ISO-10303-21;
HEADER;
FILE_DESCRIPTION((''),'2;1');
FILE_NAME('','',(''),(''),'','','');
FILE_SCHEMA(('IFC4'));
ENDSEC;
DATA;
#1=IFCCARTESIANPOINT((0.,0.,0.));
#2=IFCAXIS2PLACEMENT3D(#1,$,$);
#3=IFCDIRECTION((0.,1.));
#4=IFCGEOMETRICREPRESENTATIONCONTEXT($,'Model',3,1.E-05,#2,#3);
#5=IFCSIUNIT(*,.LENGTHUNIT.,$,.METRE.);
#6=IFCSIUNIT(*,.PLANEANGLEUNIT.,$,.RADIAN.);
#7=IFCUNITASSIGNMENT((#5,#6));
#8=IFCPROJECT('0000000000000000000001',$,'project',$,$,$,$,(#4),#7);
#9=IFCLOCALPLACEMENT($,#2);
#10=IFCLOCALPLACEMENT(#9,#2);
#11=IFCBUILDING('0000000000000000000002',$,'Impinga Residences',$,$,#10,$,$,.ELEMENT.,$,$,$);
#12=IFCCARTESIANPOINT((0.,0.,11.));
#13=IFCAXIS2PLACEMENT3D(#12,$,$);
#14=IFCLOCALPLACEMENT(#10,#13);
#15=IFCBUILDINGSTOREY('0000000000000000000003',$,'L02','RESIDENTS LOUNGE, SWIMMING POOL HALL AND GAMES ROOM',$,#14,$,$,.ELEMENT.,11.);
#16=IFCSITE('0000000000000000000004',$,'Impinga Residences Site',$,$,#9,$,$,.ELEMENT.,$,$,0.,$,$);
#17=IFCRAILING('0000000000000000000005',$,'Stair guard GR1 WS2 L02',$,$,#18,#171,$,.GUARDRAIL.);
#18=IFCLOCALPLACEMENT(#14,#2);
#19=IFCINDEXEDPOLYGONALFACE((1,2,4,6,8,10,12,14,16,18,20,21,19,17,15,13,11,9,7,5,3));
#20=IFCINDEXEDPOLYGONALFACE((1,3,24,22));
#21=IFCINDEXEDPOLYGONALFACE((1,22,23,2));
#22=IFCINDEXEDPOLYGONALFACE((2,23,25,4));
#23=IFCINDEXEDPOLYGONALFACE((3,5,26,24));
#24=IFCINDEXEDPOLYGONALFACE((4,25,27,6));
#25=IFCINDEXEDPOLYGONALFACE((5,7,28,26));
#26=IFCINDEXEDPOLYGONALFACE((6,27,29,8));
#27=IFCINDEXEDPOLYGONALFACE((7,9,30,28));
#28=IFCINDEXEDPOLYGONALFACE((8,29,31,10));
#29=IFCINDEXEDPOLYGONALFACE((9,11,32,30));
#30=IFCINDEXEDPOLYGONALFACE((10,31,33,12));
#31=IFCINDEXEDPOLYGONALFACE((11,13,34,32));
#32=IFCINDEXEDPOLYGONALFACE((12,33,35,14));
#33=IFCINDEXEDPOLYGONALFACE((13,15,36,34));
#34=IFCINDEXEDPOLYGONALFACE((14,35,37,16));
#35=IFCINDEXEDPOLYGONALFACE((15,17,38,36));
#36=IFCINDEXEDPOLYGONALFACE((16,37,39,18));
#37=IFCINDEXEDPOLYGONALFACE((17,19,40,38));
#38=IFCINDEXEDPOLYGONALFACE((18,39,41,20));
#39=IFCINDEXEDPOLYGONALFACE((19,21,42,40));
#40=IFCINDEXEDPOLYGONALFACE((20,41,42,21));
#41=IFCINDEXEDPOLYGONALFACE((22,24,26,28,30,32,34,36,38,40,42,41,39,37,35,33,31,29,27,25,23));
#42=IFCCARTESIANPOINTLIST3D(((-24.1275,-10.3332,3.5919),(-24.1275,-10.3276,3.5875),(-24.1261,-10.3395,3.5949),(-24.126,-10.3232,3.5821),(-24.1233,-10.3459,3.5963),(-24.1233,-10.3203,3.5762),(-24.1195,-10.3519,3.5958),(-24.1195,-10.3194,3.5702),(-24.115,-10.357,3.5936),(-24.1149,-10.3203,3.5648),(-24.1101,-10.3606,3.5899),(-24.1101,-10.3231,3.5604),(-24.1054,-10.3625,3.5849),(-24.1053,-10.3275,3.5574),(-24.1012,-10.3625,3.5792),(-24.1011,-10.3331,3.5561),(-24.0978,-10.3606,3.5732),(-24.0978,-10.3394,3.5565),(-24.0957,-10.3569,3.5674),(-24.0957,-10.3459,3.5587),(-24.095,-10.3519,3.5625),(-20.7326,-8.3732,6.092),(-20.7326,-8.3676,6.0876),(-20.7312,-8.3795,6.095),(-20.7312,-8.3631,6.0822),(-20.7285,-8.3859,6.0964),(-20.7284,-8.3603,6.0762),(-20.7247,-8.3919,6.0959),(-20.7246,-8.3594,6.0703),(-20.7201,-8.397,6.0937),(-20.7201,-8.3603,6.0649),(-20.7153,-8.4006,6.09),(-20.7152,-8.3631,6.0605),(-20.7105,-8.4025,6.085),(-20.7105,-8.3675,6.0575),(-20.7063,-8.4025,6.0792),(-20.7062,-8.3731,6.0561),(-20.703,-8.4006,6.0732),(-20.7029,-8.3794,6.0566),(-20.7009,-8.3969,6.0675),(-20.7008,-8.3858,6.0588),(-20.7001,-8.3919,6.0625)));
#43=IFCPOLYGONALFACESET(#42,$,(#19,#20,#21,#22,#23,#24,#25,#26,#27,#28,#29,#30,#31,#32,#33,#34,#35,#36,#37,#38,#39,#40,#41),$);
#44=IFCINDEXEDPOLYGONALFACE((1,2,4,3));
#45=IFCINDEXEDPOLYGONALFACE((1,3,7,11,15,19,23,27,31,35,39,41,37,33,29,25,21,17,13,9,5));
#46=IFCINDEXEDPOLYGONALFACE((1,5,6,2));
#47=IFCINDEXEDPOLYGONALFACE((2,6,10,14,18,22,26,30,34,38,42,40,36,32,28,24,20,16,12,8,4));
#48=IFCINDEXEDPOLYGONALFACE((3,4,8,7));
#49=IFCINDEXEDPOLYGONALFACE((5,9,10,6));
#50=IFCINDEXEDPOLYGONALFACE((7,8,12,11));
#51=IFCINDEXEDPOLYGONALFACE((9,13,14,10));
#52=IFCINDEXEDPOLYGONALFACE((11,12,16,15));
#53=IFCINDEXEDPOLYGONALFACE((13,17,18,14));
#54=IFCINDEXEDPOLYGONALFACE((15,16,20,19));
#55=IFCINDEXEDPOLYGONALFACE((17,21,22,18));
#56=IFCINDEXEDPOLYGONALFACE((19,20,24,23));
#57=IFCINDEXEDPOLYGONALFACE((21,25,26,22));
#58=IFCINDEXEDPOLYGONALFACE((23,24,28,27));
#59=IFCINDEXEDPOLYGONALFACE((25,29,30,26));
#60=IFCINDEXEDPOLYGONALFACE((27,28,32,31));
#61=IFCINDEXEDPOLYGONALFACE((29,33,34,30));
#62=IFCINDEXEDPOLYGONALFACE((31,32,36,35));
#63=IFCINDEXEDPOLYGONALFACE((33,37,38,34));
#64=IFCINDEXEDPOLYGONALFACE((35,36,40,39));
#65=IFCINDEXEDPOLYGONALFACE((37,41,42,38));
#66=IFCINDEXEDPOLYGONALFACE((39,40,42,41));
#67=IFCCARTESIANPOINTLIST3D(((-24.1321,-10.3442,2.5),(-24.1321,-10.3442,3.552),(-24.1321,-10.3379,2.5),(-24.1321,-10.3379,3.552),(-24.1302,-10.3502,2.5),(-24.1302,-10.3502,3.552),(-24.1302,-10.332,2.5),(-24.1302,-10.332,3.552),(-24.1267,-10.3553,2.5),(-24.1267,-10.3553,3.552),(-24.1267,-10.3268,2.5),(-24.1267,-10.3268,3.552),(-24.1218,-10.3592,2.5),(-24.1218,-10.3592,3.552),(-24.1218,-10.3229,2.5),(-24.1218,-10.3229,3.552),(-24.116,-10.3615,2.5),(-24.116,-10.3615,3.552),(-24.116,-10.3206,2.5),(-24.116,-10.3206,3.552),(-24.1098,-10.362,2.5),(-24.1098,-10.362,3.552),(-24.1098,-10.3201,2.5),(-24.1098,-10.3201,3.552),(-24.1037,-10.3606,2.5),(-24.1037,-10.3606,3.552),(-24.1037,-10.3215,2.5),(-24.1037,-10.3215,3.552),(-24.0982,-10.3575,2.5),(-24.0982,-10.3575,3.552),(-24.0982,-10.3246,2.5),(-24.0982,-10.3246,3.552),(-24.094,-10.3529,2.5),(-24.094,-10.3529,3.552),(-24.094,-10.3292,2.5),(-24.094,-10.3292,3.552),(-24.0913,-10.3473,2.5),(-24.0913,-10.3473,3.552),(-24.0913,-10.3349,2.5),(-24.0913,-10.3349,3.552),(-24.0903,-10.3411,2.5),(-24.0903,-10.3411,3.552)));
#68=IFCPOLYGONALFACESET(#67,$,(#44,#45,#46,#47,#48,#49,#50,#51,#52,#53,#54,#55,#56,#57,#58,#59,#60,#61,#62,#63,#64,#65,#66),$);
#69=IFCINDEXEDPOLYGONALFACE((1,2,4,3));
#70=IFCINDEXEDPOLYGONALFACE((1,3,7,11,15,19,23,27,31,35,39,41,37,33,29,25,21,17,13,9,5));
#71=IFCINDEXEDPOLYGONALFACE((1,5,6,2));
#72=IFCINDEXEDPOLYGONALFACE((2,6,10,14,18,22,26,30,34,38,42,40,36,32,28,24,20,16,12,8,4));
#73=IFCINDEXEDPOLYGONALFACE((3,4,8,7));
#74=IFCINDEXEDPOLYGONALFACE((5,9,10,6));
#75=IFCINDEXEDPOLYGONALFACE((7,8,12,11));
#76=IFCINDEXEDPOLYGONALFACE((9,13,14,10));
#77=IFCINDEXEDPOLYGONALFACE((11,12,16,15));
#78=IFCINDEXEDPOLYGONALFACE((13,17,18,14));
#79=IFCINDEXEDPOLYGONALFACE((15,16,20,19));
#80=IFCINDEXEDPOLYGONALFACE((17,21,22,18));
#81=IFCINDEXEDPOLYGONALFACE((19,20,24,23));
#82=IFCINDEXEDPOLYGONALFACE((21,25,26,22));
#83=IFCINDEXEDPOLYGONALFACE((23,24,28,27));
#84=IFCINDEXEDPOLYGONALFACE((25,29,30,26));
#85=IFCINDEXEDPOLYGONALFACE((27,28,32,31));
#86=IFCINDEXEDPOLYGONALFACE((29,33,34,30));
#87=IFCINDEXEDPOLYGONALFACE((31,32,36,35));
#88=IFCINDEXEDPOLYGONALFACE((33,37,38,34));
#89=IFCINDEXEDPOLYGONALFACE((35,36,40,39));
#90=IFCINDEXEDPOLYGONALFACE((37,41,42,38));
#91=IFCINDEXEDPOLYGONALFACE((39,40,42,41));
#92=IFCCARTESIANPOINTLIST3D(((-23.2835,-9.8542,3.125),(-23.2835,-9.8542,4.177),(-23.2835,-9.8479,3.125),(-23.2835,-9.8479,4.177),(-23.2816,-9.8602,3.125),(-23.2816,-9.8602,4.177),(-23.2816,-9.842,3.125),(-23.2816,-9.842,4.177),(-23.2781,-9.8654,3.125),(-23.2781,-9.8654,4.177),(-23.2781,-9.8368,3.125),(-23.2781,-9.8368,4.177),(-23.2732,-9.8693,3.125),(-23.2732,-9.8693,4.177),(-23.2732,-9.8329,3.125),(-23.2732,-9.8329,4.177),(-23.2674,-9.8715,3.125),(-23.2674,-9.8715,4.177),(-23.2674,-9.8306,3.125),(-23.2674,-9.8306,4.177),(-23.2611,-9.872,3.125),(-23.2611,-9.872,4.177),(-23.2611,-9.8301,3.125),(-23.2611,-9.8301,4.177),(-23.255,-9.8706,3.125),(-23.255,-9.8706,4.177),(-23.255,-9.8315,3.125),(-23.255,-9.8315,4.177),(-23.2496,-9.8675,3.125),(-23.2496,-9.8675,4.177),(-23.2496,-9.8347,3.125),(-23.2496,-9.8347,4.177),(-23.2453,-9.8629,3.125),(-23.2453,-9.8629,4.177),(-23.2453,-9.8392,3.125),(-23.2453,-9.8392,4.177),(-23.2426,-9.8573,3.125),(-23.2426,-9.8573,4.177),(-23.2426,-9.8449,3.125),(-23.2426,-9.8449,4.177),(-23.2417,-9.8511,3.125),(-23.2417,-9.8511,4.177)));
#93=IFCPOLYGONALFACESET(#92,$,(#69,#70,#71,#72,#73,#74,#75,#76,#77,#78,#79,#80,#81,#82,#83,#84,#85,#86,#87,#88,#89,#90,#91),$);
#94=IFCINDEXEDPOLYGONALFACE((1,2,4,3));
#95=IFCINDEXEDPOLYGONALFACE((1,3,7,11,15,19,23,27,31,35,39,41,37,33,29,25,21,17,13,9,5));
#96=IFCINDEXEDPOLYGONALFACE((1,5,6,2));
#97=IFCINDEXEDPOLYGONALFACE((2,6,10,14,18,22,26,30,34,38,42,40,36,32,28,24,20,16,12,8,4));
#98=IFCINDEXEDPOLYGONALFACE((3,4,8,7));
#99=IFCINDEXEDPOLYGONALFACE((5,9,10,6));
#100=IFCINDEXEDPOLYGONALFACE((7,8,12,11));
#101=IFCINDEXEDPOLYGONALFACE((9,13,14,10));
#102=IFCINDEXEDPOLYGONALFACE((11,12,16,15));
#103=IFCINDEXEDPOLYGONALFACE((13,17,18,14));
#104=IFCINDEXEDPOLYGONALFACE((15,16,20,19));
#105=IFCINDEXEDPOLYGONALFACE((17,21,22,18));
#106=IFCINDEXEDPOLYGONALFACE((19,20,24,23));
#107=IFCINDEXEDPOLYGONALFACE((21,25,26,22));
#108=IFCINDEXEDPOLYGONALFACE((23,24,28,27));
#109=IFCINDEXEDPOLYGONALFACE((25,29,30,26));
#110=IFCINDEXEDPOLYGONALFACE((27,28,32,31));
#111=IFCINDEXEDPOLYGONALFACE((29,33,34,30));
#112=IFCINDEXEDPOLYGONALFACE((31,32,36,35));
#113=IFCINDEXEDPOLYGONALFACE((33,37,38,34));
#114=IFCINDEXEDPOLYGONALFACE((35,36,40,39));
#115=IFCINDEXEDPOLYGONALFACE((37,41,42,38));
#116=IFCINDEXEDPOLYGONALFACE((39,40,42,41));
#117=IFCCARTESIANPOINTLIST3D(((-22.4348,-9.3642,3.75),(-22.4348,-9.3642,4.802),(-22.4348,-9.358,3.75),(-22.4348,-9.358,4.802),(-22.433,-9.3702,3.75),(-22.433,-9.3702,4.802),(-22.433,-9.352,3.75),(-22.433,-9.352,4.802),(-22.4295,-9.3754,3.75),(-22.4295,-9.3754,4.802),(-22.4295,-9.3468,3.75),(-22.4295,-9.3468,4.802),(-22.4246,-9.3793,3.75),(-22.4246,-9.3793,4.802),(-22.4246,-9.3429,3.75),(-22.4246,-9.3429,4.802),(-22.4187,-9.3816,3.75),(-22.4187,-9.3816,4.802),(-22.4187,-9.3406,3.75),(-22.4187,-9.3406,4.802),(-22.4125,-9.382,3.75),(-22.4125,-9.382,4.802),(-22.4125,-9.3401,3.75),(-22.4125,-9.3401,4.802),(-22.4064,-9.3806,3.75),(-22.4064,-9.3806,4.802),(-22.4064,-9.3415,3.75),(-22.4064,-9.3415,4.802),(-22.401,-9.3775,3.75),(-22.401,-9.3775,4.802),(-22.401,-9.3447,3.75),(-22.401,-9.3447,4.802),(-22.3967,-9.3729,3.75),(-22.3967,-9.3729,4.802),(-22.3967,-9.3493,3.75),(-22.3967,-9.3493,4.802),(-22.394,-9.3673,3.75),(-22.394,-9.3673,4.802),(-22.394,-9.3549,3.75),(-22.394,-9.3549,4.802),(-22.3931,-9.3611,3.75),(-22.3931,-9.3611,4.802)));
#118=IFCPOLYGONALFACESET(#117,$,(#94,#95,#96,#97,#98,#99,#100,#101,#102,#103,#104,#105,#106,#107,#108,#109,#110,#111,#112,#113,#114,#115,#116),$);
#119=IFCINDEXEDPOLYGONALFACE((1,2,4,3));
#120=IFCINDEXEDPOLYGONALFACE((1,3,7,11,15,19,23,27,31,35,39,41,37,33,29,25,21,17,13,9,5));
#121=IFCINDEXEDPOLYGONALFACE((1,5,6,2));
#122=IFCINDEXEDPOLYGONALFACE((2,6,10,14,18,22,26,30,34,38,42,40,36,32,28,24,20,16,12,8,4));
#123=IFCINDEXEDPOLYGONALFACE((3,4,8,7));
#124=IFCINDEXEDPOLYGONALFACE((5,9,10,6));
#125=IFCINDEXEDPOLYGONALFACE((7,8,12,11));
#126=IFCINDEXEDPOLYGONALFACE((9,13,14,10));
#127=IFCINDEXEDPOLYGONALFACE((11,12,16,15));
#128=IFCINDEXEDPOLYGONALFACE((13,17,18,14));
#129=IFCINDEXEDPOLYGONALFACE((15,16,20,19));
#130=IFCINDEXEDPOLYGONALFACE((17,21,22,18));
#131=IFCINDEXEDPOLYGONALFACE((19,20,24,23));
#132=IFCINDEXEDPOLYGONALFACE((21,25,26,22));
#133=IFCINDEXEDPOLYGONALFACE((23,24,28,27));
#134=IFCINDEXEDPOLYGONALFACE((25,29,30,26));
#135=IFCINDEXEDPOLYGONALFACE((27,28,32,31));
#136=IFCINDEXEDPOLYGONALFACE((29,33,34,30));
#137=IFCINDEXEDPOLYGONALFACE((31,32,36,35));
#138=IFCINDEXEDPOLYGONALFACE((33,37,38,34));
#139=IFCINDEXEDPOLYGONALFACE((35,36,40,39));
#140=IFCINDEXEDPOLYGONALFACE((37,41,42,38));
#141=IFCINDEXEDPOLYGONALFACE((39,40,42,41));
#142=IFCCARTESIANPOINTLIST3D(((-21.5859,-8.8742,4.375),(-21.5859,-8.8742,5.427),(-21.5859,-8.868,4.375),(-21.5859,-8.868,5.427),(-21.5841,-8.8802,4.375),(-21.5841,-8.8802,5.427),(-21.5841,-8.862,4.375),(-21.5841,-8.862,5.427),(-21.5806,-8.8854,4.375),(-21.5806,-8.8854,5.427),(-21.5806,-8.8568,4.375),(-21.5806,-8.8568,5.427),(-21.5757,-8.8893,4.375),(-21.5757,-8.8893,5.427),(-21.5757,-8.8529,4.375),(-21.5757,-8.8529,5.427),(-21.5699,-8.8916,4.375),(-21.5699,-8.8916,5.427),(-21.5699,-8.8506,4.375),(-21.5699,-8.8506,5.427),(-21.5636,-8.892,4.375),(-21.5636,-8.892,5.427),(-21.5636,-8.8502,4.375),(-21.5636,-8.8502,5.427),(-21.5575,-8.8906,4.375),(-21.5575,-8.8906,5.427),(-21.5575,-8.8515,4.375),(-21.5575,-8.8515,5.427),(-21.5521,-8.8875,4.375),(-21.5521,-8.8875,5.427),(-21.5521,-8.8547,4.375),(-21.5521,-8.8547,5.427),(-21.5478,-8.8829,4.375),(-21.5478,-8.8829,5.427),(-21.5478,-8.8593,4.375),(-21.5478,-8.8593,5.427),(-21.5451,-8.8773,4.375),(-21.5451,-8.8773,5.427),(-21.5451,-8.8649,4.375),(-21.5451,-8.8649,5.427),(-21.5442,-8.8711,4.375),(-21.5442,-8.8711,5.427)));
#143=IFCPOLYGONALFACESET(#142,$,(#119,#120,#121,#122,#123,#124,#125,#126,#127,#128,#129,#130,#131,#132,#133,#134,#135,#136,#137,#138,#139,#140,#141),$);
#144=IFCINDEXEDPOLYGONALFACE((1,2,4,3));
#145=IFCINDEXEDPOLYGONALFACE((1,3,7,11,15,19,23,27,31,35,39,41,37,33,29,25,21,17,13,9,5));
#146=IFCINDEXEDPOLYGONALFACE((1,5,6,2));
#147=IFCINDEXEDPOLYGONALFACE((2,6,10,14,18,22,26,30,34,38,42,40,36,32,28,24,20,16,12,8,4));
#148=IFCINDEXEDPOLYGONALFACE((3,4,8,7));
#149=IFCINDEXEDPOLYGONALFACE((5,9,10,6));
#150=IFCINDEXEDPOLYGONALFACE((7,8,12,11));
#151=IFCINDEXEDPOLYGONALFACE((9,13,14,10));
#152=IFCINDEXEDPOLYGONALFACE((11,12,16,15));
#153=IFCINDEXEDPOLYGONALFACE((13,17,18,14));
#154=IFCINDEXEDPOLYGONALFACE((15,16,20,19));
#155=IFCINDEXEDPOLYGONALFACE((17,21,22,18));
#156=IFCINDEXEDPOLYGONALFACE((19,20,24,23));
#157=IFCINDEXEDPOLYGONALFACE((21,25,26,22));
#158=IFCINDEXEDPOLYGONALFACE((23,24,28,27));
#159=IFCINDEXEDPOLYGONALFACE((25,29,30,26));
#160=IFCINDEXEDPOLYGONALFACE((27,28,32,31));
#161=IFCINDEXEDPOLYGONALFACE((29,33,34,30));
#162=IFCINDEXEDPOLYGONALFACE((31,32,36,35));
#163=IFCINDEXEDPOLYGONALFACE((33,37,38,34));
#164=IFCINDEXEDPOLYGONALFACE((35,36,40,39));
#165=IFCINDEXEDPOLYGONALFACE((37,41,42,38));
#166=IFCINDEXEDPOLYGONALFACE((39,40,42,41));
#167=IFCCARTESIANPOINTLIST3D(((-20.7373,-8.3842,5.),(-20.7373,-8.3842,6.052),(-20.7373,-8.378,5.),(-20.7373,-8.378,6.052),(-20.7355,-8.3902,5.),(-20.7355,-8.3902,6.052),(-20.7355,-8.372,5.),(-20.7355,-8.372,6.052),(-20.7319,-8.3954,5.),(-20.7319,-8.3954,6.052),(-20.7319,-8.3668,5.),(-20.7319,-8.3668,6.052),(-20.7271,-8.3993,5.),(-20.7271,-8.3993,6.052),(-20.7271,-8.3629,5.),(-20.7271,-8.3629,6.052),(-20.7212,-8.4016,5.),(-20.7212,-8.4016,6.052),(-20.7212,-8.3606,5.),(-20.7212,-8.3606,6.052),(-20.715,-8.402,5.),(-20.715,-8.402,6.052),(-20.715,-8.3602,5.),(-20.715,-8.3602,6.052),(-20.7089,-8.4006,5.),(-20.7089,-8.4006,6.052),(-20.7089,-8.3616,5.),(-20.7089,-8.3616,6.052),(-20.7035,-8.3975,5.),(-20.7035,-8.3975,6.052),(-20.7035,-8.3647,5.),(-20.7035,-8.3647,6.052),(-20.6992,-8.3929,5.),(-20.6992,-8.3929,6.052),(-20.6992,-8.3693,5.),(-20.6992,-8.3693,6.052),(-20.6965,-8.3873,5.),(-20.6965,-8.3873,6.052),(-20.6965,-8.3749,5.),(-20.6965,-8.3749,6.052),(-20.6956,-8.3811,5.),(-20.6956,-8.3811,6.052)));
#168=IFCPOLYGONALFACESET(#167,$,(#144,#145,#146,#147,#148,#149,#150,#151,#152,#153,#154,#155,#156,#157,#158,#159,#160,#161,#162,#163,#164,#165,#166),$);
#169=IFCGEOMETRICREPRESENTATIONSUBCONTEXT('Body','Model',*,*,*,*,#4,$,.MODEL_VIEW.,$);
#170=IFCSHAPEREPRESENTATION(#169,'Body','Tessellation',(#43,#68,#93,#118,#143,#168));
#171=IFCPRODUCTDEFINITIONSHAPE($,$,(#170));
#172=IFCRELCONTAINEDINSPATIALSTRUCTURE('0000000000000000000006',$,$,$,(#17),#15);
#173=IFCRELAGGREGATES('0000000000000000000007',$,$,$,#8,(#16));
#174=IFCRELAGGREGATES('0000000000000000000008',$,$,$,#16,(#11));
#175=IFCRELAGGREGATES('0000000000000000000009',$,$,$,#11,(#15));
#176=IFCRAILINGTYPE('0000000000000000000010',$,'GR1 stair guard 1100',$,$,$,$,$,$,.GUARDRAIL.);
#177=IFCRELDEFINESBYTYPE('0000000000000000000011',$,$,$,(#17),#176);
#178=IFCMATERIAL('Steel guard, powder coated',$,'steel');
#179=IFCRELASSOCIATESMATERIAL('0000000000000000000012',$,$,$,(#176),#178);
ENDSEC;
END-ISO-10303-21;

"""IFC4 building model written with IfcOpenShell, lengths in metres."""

from ifc_helpers import new_model, si_unit, direction, frame, origin, origin_2d, place, context, subcontext, project, spatial, circle, extrude, material, type_object, element, save


model = new_model("IFC4")

# Units and contexts
model_context = context("Model", 3, precision=1e-05, world=origin(), true_north=direction((0.0, 1.0)))
body_context = subcontext(model_context, "Body", "Model", "MODEL_VIEW")
ifc_project = project(units=[si_unit("LENGTHUNIT", "METRE"), si_unit("PLANEANGLEUNIT", "RADIAN")], contexts=[model_context])

# Site, building, storey
site_placement = place(None, origin())
site = spatial("IfcSite", under=ifc_project, at=site_placement, Name="Impinga Residences Site", CompositionType="ELEMENT", RefElevation=0.0)
building_placement = place(site_placement, origin())
building = spatial("IfcBuilding", under=site, at=building_placement, Name="Impinga Residences", CompositionType="ELEMENT")
storey_placement = place(building_placement, frame((0.0, 0.0, 11.0)))
storey = spatial("IfcBuildingStorey", under=building, at=storey_placement, Name="L02", Description="RESIDENTS LOUNGE, SWIMMING POOL HALL AND GAMES ROOM", CompositionType="ELEMENT", Elevation=11.0)

# Railing
ifc_material_1 = material(Name="Steel guard, powder coated", Category="steel")
railing_type_1 = type_object("IfcRailingType", Name="GR1 stair guard 1100", PredefinedType="GUARDRAIL", material=ifc_material_1)
railing_1_placement = place(storey_placement, frame((-24.1113, -10.3411, 2.5)))
element("IfcRailing", 1, at=railing_1_placement, inside=storey, type_object=railing_type_1, Name="Stair guard GR1 WS2 L02", PredefinedType="GUARDRAIL", context=body_context, shape_type="SweptSolid", body=[
    extrude(circle(Radius=0.0239, at=origin_2d()), frame((0.0, 0.0, 1.0762), z_axis=(0.73017, 0.421561, 0.537716), x_axis=(-0.499997, 0.866027, 0.0)), (0.0, 0.0, 1.0), 4.6494),
    extrude(circle(Radius=0.021, at=origin_2d()), origin(), (0.0, 0.0, 1.0), 1.052),
    extrude(circle(Radius=0.021, at=origin_2d()), frame((0.8486, 0.49, 0.625)), (0.0, 0.0, 1.0), 1.052),
    extrude(circle(Radius=0.021, at=origin_2d()), frame((1.6973, 0.98, 1.25)), (0.0, 0.0, 1.0), 1.052),
    extrude(circle(Radius=0.021, at=origin_2d()), frame((2.5461, 1.47, 1.875)), (0.0, 0.0, 1.0), 1.052),
    extrude(circle(Radius=0.021, at=origin_2d()), frame((3.3948, 1.96, 2.5)), (0.0, 0.0, 1.0), 1.052),
])

save(model, "model.ifc")
